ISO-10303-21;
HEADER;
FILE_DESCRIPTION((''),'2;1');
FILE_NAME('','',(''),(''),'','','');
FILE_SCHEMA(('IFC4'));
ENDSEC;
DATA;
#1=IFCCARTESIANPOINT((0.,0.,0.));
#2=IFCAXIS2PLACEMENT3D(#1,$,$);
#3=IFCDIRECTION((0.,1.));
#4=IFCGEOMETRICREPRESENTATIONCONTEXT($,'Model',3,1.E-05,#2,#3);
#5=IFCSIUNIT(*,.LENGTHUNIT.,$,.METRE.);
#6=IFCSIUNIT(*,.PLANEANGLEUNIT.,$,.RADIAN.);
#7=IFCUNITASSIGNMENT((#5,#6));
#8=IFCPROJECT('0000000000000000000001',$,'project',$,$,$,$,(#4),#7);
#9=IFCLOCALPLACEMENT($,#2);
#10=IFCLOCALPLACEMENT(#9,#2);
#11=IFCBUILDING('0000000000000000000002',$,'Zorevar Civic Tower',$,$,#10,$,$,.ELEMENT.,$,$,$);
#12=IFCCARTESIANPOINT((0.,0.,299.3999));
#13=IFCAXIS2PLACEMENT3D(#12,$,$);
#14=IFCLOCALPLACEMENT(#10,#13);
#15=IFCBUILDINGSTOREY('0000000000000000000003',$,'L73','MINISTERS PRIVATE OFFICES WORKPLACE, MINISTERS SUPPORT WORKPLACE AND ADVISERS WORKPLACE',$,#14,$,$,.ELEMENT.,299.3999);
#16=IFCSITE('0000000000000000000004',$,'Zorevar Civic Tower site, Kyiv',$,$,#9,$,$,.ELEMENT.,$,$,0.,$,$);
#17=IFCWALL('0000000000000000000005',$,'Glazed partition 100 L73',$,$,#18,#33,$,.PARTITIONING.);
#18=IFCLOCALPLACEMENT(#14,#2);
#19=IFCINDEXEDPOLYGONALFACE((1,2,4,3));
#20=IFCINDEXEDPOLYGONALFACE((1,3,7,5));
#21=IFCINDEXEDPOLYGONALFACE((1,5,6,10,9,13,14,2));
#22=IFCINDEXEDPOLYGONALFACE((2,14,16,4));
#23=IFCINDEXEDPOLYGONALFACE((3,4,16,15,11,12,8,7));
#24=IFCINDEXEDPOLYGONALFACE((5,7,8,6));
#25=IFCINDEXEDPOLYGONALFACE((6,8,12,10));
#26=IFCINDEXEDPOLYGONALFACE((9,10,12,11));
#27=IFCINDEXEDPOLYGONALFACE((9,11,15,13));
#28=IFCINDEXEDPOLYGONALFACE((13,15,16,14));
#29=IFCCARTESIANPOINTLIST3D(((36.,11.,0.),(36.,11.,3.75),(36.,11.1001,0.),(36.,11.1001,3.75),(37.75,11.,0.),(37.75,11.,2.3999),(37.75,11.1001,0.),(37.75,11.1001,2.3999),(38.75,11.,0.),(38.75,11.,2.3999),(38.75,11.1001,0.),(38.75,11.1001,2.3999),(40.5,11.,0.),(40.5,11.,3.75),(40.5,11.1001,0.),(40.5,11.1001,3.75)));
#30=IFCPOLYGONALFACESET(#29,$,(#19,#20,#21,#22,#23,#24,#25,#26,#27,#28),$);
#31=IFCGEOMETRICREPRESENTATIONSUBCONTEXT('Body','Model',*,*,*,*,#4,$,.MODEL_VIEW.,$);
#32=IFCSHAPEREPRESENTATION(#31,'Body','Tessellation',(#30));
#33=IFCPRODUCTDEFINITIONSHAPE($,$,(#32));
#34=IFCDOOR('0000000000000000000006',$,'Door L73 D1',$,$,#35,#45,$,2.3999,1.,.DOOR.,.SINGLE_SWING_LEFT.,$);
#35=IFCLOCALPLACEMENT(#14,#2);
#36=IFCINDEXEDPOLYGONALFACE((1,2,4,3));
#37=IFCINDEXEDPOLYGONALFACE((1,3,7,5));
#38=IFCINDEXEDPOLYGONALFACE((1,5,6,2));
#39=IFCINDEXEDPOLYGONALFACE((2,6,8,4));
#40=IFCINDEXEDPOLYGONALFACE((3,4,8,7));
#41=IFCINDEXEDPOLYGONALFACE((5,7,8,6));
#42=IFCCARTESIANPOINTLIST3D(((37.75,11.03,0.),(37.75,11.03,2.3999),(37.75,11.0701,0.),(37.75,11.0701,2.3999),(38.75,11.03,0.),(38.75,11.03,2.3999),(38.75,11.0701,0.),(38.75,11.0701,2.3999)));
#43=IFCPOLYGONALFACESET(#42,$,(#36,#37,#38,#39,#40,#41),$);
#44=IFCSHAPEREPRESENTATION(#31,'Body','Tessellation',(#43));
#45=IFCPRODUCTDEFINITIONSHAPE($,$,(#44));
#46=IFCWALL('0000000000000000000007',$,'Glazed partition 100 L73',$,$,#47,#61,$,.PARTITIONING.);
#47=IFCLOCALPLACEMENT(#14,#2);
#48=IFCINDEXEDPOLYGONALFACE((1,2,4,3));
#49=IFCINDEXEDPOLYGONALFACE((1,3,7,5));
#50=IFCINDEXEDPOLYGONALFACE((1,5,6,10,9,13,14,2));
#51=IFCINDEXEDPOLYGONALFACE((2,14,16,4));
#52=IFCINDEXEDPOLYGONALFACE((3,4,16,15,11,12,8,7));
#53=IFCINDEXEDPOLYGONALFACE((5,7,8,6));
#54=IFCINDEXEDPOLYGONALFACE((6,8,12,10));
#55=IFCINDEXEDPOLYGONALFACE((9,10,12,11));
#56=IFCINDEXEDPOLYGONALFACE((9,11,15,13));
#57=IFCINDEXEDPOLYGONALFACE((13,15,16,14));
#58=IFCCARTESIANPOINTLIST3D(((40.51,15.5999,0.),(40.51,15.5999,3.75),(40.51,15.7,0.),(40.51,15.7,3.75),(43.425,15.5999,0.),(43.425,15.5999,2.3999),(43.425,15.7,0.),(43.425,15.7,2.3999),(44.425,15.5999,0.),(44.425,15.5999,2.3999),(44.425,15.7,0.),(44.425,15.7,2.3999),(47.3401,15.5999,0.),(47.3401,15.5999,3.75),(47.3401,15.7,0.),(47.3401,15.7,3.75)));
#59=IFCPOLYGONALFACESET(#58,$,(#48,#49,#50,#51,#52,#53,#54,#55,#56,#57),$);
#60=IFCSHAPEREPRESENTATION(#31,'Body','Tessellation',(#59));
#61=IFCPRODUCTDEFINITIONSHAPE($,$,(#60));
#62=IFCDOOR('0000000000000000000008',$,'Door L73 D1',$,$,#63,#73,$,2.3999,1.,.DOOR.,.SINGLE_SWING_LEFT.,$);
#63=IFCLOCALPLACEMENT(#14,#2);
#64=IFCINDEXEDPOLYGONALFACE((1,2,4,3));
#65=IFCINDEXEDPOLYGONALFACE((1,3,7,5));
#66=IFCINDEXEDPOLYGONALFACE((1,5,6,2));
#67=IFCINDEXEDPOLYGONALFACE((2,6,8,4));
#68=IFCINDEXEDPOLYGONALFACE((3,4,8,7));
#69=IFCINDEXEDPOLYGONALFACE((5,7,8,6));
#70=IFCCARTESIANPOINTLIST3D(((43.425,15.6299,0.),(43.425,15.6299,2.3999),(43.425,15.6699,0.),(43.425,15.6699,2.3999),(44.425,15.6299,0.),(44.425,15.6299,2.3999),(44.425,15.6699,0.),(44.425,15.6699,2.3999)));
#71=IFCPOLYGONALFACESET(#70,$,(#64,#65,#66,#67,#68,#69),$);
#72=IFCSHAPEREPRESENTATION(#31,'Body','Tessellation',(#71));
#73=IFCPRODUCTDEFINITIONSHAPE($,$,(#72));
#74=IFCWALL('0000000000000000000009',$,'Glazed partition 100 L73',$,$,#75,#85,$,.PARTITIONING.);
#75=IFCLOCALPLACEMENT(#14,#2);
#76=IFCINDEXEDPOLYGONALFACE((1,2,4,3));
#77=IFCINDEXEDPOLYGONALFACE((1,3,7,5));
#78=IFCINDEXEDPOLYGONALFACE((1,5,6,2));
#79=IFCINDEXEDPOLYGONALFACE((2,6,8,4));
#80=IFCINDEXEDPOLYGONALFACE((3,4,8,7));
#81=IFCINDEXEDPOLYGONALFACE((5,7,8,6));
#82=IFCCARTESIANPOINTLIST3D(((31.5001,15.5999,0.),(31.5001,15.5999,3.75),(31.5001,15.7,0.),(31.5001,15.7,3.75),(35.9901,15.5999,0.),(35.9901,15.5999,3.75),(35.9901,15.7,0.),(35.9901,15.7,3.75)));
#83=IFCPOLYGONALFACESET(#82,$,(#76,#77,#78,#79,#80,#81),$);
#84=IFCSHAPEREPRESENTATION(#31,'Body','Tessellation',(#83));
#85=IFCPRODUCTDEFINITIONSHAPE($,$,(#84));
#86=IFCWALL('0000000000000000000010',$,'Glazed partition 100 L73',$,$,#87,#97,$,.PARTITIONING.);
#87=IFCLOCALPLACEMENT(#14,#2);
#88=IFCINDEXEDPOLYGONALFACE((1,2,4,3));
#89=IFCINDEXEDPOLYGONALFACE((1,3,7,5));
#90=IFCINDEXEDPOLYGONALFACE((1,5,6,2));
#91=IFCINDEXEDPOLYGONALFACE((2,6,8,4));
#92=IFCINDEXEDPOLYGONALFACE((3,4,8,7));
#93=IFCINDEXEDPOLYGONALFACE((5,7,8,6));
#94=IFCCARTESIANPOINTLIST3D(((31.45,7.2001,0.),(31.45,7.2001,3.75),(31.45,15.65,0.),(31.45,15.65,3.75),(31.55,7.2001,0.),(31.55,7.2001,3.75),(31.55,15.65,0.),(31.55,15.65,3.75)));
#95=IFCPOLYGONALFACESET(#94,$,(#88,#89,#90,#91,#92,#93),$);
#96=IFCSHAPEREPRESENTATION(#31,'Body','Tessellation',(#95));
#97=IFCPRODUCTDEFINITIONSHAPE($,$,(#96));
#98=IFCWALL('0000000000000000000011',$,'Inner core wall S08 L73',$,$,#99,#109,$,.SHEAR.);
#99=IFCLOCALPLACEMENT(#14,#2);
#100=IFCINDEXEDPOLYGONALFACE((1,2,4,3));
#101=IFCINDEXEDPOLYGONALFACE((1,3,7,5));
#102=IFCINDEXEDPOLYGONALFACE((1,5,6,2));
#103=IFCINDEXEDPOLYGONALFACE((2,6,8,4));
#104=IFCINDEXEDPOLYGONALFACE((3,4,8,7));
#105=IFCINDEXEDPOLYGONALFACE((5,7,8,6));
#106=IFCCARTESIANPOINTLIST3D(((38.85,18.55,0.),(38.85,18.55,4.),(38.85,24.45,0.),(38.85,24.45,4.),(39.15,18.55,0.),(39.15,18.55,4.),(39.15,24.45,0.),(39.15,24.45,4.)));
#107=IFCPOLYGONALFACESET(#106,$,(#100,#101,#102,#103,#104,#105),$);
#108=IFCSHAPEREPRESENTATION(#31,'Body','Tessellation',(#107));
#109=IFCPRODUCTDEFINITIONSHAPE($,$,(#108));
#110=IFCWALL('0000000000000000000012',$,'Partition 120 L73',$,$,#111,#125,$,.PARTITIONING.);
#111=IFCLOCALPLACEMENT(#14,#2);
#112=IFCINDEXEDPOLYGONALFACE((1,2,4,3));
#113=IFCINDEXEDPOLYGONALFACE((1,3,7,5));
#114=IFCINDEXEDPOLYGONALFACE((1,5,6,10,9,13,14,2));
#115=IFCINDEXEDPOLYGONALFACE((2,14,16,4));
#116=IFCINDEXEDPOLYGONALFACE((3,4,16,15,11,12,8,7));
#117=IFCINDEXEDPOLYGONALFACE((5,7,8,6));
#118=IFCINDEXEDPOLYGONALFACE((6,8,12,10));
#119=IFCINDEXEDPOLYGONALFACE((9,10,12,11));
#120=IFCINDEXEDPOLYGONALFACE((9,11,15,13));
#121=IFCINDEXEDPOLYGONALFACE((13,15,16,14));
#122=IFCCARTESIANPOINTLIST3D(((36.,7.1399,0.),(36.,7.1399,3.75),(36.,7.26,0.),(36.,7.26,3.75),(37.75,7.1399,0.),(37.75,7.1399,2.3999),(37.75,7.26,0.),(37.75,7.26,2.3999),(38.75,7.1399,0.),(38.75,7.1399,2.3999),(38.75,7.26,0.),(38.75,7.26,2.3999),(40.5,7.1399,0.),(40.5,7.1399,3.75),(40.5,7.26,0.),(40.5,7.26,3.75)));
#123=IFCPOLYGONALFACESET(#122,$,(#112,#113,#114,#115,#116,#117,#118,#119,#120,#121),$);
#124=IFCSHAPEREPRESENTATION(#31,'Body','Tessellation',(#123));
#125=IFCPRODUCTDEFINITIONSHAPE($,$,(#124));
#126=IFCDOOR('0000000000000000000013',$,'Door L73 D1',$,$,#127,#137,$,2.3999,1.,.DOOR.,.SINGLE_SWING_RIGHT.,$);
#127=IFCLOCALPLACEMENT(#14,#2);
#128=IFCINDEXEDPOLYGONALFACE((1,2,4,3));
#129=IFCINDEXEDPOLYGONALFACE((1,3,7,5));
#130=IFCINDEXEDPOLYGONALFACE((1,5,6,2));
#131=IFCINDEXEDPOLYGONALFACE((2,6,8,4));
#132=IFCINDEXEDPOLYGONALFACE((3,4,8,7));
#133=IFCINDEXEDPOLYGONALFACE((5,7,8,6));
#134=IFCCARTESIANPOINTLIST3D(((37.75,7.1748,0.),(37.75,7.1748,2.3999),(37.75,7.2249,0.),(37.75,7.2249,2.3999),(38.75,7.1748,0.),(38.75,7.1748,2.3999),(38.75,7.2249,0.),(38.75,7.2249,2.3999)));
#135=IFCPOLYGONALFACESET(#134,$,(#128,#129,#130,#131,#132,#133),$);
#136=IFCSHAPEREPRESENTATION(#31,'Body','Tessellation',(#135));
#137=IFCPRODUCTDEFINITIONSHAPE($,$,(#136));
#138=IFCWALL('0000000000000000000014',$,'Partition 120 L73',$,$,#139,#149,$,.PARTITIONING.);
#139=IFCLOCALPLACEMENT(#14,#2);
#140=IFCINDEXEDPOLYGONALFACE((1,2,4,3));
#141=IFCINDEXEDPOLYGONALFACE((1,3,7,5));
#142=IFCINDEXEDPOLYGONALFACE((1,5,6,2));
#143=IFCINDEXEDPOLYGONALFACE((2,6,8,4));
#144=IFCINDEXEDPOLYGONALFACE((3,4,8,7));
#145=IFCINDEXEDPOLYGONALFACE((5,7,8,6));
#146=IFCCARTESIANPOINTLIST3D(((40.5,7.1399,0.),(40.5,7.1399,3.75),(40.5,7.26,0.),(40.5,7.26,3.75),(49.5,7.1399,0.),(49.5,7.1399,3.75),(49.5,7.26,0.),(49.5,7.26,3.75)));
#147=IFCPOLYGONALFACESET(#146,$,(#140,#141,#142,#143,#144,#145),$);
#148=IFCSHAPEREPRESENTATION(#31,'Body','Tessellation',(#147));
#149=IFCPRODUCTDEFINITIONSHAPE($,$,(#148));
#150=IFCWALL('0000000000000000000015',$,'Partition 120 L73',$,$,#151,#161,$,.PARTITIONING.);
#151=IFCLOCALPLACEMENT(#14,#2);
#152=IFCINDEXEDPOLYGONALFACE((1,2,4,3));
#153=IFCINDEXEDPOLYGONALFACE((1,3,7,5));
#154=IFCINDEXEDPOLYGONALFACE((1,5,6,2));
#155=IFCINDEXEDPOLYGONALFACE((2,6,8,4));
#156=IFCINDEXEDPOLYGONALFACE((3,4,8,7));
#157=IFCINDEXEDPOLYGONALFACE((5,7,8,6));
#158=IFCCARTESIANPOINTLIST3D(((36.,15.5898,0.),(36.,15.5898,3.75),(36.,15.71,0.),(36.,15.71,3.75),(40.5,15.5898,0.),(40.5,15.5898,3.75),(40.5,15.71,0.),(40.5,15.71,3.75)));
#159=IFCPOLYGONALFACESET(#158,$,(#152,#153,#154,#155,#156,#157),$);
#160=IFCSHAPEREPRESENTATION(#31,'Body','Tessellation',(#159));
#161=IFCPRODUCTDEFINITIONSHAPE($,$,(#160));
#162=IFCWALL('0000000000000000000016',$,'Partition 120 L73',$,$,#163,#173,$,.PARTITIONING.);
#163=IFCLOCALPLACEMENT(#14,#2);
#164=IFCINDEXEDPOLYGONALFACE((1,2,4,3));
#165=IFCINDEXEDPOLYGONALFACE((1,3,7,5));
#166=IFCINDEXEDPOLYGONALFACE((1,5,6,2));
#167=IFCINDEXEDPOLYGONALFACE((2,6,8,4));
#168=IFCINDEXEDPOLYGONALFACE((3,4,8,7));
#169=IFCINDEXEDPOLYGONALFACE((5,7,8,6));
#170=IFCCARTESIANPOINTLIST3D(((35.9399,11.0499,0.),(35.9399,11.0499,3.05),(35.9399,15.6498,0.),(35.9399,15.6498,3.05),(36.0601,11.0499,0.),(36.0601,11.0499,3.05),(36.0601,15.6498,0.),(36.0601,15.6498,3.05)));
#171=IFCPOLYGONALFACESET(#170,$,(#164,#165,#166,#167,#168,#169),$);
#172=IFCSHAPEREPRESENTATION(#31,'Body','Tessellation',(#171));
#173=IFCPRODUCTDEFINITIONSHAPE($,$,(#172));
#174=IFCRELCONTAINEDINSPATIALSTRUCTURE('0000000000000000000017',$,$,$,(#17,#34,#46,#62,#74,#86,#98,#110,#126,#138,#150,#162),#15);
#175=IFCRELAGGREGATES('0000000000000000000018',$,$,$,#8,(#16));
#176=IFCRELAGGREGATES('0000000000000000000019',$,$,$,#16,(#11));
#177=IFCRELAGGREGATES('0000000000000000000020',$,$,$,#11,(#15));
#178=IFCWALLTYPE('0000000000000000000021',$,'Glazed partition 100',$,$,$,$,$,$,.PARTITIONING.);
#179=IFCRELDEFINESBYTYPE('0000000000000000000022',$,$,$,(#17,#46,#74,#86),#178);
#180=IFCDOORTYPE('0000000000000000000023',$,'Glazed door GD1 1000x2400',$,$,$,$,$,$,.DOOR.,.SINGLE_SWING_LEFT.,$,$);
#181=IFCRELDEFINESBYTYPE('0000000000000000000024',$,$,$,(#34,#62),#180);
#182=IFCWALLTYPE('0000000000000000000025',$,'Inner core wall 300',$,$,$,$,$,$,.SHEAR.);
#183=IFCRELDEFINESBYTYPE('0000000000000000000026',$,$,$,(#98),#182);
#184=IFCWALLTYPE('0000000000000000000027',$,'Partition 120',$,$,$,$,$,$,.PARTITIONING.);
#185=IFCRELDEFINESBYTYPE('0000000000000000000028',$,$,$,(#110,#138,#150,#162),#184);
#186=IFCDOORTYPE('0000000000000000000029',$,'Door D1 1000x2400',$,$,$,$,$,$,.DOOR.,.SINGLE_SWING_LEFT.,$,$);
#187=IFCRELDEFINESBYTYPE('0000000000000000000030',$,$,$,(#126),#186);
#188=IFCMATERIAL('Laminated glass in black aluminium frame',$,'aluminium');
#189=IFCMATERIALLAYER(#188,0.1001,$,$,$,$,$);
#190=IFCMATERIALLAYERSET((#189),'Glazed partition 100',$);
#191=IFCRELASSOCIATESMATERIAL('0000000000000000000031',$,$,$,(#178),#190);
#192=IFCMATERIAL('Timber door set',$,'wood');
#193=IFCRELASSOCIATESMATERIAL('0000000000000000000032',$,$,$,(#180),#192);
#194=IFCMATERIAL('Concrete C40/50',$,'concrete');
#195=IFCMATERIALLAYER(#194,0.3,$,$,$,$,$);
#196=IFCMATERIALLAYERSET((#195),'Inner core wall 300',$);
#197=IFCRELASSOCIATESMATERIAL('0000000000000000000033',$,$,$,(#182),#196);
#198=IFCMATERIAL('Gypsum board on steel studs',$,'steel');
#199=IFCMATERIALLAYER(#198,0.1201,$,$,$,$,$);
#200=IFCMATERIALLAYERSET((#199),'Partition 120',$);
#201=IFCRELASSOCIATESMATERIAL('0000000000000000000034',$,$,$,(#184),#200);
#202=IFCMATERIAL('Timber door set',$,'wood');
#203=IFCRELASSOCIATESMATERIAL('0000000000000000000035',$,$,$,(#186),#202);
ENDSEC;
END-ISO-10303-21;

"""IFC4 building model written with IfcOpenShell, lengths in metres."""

from ifc_helpers import new_model, si_unit, direction, frame, frame_2d, origin, place, context, subcontext, project, spatial, rectangle, extrude, material, layer, layer_set, type_object, element, fill, save


model = new_model("IFC4")

# Units and contexts
model_context = context("Model", 3, precision=1e-05, world=origin(), true_north=direction((0.0, 1.0)))
body_context = subcontext(model_context, "Body", "Model", "MODEL_VIEW")
ifc_project = project(units=[si_unit("LENGTHUNIT", "METRE"), si_unit("PLANEANGLEUNIT", "RADIAN")], contexts=[model_context])

# Site, building, storey
site_placement = place(None, origin())
site = spatial("IfcSite", under=ifc_project, at=site_placement, Name="Zorevar Civic Tower site, Kyiv", CompositionType="ELEMENT", RefElevation=0.0)
building_placement = place(site_placement, origin())
building = spatial("IfcBuilding", under=site, at=building_placement, Name="Zorevar Civic Tower", CompositionType="ELEMENT")
storey_placement = place(building_placement, frame((0.0, 0.0, 299.3999)))
storey = spatial("IfcBuildingStorey", under=building, at=storey_placement, Name="L73", Description="MINISTERS PRIVATE OFFICES WORKPLACE, MINISTERS SUPPORT WORKPLACE AND ADVISERS WORKPLACE", CompositionType="ELEMENT", Elevation=299.3999)

# Walls, openings, doors
ifc_material_1 = material(Name="Laminated glass in black aluminium frame", Category="aluminium")
ifc_layer_1 = layer(ifc_material_1, 0.1001)
ifc_layer_set_1 = layer_set([ifc_layer_1], Name="Glazed partition 100")
wall_type_1 = type_object("IfcWallType", Name="Glazed partition 100", PredefinedType="PARTITIONING", material=ifc_layer_set_1)
wall_1_placement = place(storey_placement, frame((36.0, 11.05, 0.0), z_axis=(0.0, 0.0, 1.0), x_axis=(1.0, 0.0, 0.0)))
wall_1 = element("IfcWall", 1, at=wall_1_placement, inside=storey, type_object=wall_type_1, Name="Glazed partition 100 L73", PredefinedType="PARTITIONING", context=body_context, shape_type="SweptSolid", body=[
    extrude(rectangle(XDim=4.5, YDim=0.1001, at=frame_2d((2.25, 0.0))), origin(), (0.0, 0.0, 1.0), 3.75),
])
opening_1_placement = place(wall_1_placement, frame((1.75, 0.0, 0.0)))
opening_1 = element("IfcOpeningElement", 2, at=opening_1_placement, cuts=wall_1, PredefinedType="OPENING", context=body_context, shape_type="SweptSolid", body=[
    extrude(rectangle(XDim=1.0, YDim=2.3999, at=frame_2d((0.5, 1.2))), frame((0.0, 0.0601, 0.0), z_axis=(0.0, -1.0, 0.0), x_axis=(1.0, 0.0, 0.0)), (0.0, 0.0, 1.0), 0.1201),
])
ifc_material_2 = material(Name="Timber door set", Category="wood")
door_type_1 = type_object("IfcDoorType", Name="Glazed door GD1 1000x2400", OperationType="SINGLE_SWING_LEFT", PredefinedType="DOOR", material=ifc_material_2)
door_1_placement = place(opening_1_placement, origin())
door_1 = element("IfcDoor", 3, at=door_1_placement, inside=storey, type_object=door_type_1, Name="Door L73 D1", OperationType="SINGLE_SWING_LEFT", OverallHeight=2.3999, OverallWidth=1.0, PredefinedType="DOOR", context=body_context, shape_type="SweptSolid", body=[
    extrude(rectangle(XDim=1.0, YDim=2.3999, at=frame_2d((0.5, 1.2))), frame((0.0, 0.02, 0.0), z_axis=(0.0, -1.0, 0.0), x_axis=(1.0, 0.0, 0.0)), (0.0, 0.0, 1.0), 0.04),
])
fill(opening_1, door_1)
wall_2_placement = place(storey_placement, frame((40.51, 15.6499, 0.0), z_axis=(0.0, 0.0, 1.0), x_axis=(1.0, 0.0, 0.0)))
wall_2 = element("IfcWall", 4, at=wall_2_placement, inside=storey, type_object=wall_type_1, Name="Glazed partition 100 L73", PredefinedType="PARTITIONING", context=body_context, shape_type="SweptSolid", body=[
    extrude(rectangle(XDim=6.8301, YDim=0.1001, at=frame_2d((3.415, 0.0))), origin(), (0.0, 0.0, 1.0), 3.75),
])
opening_2_placement = place(wall_2_placement, frame((2.915, 0.0, 0.0)))
opening_2 = element("IfcOpeningElement", 5, at=opening_2_placement, cuts=wall_2, PredefinedType="OPENING", context=body_context, shape_type="SweptSolid", body=[
    extrude(rectangle(XDim=1.0, YDim=2.3999, at=frame_2d((0.5, 1.2))), frame((0.0, 0.0601, 0.0), z_axis=(0.0, -1.0, 0.0), x_axis=(1.0, 0.0, 0.0)), (0.0, 0.0, 1.0), 0.1201),
])
door_2_placement = place(opening_2_placement, origin())
door_2 = element("IfcDoor", 6, at=door_2_placement, inside=storey, type_object=door_type_1, Name="Door L73 D1", OperationType="SINGLE_SWING_LEFT", OverallHeight=2.3999, OverallWidth=1.0, PredefinedType="DOOR", context=body_context, shape_type="SweptSolid", body=[
    extrude(rectangle(XDim=1.0, YDim=2.3999, at=frame_2d((0.5, 1.2))), frame((0.0, 0.02, 0.0), z_axis=(0.0, -1.0, 0.0), x_axis=(1.0, 0.0, 0.0)), (0.0, 0.0, 1.0), 0.04),
])
fill(opening_2, door_2)

# Walls
wall_3_placement = place(storey_placement, frame((31.5, 15.6499, 0.0), z_axis=(0.0, 0.0, 1.0), x_axis=(1.0, 0.0, 0.0)))
element("IfcWall", 7, at=wall_3_placement, inside=storey, type_object=wall_type_1, Name="Glazed partition 100 L73", PredefinedType="PARTITIONING", context=body_context, shape_type="SweptSolid", body=[
    extrude(rectangle(XDim=4.49, YDim=0.1001, at=frame_2d((2.2451, 0.0))), origin(), (0.0, 0.0, 1.0), 3.75),
])
wall_4_placement = place(storey_placement, frame((31.5, 7.2, 0.0), z_axis=(0.0, 0.0, 1.0), x_axis=(0.0, 1.0, 0.0)))
element("IfcWall", 8, at=wall_4_placement, inside=storey, type_object=wall_type_1, Name="Glazed partition 100 L73", PredefinedType="PARTITIONING", context=body_context, shape_type="SweptSolid", body=[
    extrude(rectangle(XDim=8.45, YDim=0.1001, at=frame_2d((4.2251, 0.0))), origin(), (0.0, 0.0, 1.0), 3.75),
])
ifc_material_3 = material(Name="Concrete C40/50", Category="concrete")
ifc_layer_2 = layer(ifc_material_3, 0.3)
ifc_layer_set_2 = layer_set([ifc_layer_2], Name="Inner core wall 300")
wall_type_2 = type_object("IfcWallType", Name="Inner core wall 300", PredefinedType="SHEAR", material=ifc_layer_set_2)
wall_5_placement = place(storey_placement, frame((39.0, 18.55, 0.0), z_axis=(0.0, 0.0, 1.0), x_axis=(0.0, 1.0, 0.0)))
element("IfcWall", 9, at=wall_5_placement, inside=storey, type_object=wall_type_2, Name="Inner core wall S08 L73", PredefinedType="SHEAR", context=body_context, shape_type="SweptSolid", body=[
    extrude(rectangle(XDim=5.8999, YDim=0.3, at=frame_2d((2.95, 0.0))), origin(), (0.0, 0.0, 1.0), 4.0),
])

# Wall, opening, door
ifc_material_4 = material(Name="Gypsum board on steel studs", Category="steel")
ifc_layer_3 = layer(ifc_material_4, 0.1201)
ifc_layer_set_3 = layer_set([ifc_layer_3], Name="Partition 120")
wall_type_3 = type_object("IfcWallType", Name="Partition 120", PredefinedType="PARTITIONING", material=ifc_layer_set_3)
wall_6_placement = place(storey_placement, frame((36.0, 7.2, 0.0), z_axis=(0.0, 0.0, 1.0), x_axis=(1.0, 0.0, 0.0)))
wall_6 = element("IfcWall", 10, at=wall_6_placement, inside=storey, type_object=wall_type_3, Name="Partition 120 L73", PredefinedType="PARTITIONING", context=body_context, shape_type="SweptSolid", body=[
    extrude(rectangle(XDim=4.5, YDim=0.1201, at=frame_2d((2.25, 0.0))), origin(), (0.0, 0.0, 1.0), 3.75),
])
opening_3_placement = place(wall_6_placement, frame((1.75, 0.0, 0.0)))
opening_3 = element("IfcOpeningElement", 11, at=opening_3_placement, cuts=wall_6, PredefinedType="OPENING", context=body_context, shape_type="SweptSolid", body=[
    extrude(rectangle(XDim=1.0, YDim=2.3999, at=frame_2d((0.5, 1.2))), frame((0.0, 0.0701, 0.0), z_axis=(0.0, -1.0, 0.0), x_axis=(1.0, 0.0, 0.0)), (0.0, 0.0, 1.0), 0.1401),
])
ifc_material_5 = material(Name="Timber door set", Category="wood")
door_type_2 = type_object("IfcDoorType", Name="Door D1 1000x2400", OperationType="SINGLE_SWING_LEFT", PredefinedType="DOOR", material=ifc_material_5)
door_3_placement = place(opening_3_placement, origin())
door_3 = element("IfcDoor", 12, at=door_3_placement, inside=storey, type_object=door_type_2, Name="Door L73 D1", OperationType="SINGLE_SWING_RIGHT", OverallHeight=2.3999, OverallWidth=1.0, PredefinedType="DOOR", context=body_context, shape_type="SweptSolid", body=[
    extrude(rectangle(XDim=1.0, YDim=2.3999, at=frame_2d((0.5, 1.2))), frame((0.0, 0.0249, 0.0), z_axis=(0.0, -1.0, 0.0), x_axis=(1.0, 0.0, 0.0)), (0.0, 0.0, 1.0), 0.05),
])
fill(opening_3, door_3)

# Walls
wall_7_placement = place(storey_placement, frame((40.5, 7.2, 0.0), z_axis=(0.0, 0.0, 1.0), x_axis=(1.0, 0.0, 0.0)))
element("IfcWall", 13, at=wall_7_placement, inside=storey, type_object=wall_type_3, Name="Partition 120 L73", PredefinedType="PARTITIONING", context=body_context, shape_type="SweptSolid", body=[
    extrude(rectangle(XDim=9.0, YDim=0.1201, at=frame_2d((4.5, 0.0))), origin(), (0.0, 0.0, 1.0), 3.75),
])
wall_8_placement = place(storey_placement, frame((36.0, 15.6499, 0.0), z_axis=(0.0, 0.0, 1.0), x_axis=(1.0, 0.0, 0.0)))
element("IfcWall", 14, at=wall_8_placement, inside=storey, type_object=wall_type_3, Name="Partition 120 L73", PredefinedType="PARTITIONING", context=body_context, shape_type="SweptSolid", body=[
    extrude(rectangle(XDim=4.5, YDim=0.1201, at=frame_2d((2.25, 0.0))), origin(), (0.0, 0.0, 1.0), 3.75),
])
wall_9_placement = place(storey_placement, frame((36.0, 11.05, 0.0), z_axis=(0.0, 0.0, 1.0), x_axis=(0.0, 1.0, 0.0)))
element("IfcWall", 15, at=wall_9_placement, inside=storey, type_object=wall_type_3, Name="Partition 120 L73", PredefinedType="PARTITIONING", context=body_context, shape_type="SweptSolid", body=[
    extrude(rectangle(XDim=4.5999, YDim=0.1201, at=frame_2d((2.2998, 0.0))), origin(), (0.0, 0.0, 1.0), 3.05),
])

save(model, "model.ifc")
